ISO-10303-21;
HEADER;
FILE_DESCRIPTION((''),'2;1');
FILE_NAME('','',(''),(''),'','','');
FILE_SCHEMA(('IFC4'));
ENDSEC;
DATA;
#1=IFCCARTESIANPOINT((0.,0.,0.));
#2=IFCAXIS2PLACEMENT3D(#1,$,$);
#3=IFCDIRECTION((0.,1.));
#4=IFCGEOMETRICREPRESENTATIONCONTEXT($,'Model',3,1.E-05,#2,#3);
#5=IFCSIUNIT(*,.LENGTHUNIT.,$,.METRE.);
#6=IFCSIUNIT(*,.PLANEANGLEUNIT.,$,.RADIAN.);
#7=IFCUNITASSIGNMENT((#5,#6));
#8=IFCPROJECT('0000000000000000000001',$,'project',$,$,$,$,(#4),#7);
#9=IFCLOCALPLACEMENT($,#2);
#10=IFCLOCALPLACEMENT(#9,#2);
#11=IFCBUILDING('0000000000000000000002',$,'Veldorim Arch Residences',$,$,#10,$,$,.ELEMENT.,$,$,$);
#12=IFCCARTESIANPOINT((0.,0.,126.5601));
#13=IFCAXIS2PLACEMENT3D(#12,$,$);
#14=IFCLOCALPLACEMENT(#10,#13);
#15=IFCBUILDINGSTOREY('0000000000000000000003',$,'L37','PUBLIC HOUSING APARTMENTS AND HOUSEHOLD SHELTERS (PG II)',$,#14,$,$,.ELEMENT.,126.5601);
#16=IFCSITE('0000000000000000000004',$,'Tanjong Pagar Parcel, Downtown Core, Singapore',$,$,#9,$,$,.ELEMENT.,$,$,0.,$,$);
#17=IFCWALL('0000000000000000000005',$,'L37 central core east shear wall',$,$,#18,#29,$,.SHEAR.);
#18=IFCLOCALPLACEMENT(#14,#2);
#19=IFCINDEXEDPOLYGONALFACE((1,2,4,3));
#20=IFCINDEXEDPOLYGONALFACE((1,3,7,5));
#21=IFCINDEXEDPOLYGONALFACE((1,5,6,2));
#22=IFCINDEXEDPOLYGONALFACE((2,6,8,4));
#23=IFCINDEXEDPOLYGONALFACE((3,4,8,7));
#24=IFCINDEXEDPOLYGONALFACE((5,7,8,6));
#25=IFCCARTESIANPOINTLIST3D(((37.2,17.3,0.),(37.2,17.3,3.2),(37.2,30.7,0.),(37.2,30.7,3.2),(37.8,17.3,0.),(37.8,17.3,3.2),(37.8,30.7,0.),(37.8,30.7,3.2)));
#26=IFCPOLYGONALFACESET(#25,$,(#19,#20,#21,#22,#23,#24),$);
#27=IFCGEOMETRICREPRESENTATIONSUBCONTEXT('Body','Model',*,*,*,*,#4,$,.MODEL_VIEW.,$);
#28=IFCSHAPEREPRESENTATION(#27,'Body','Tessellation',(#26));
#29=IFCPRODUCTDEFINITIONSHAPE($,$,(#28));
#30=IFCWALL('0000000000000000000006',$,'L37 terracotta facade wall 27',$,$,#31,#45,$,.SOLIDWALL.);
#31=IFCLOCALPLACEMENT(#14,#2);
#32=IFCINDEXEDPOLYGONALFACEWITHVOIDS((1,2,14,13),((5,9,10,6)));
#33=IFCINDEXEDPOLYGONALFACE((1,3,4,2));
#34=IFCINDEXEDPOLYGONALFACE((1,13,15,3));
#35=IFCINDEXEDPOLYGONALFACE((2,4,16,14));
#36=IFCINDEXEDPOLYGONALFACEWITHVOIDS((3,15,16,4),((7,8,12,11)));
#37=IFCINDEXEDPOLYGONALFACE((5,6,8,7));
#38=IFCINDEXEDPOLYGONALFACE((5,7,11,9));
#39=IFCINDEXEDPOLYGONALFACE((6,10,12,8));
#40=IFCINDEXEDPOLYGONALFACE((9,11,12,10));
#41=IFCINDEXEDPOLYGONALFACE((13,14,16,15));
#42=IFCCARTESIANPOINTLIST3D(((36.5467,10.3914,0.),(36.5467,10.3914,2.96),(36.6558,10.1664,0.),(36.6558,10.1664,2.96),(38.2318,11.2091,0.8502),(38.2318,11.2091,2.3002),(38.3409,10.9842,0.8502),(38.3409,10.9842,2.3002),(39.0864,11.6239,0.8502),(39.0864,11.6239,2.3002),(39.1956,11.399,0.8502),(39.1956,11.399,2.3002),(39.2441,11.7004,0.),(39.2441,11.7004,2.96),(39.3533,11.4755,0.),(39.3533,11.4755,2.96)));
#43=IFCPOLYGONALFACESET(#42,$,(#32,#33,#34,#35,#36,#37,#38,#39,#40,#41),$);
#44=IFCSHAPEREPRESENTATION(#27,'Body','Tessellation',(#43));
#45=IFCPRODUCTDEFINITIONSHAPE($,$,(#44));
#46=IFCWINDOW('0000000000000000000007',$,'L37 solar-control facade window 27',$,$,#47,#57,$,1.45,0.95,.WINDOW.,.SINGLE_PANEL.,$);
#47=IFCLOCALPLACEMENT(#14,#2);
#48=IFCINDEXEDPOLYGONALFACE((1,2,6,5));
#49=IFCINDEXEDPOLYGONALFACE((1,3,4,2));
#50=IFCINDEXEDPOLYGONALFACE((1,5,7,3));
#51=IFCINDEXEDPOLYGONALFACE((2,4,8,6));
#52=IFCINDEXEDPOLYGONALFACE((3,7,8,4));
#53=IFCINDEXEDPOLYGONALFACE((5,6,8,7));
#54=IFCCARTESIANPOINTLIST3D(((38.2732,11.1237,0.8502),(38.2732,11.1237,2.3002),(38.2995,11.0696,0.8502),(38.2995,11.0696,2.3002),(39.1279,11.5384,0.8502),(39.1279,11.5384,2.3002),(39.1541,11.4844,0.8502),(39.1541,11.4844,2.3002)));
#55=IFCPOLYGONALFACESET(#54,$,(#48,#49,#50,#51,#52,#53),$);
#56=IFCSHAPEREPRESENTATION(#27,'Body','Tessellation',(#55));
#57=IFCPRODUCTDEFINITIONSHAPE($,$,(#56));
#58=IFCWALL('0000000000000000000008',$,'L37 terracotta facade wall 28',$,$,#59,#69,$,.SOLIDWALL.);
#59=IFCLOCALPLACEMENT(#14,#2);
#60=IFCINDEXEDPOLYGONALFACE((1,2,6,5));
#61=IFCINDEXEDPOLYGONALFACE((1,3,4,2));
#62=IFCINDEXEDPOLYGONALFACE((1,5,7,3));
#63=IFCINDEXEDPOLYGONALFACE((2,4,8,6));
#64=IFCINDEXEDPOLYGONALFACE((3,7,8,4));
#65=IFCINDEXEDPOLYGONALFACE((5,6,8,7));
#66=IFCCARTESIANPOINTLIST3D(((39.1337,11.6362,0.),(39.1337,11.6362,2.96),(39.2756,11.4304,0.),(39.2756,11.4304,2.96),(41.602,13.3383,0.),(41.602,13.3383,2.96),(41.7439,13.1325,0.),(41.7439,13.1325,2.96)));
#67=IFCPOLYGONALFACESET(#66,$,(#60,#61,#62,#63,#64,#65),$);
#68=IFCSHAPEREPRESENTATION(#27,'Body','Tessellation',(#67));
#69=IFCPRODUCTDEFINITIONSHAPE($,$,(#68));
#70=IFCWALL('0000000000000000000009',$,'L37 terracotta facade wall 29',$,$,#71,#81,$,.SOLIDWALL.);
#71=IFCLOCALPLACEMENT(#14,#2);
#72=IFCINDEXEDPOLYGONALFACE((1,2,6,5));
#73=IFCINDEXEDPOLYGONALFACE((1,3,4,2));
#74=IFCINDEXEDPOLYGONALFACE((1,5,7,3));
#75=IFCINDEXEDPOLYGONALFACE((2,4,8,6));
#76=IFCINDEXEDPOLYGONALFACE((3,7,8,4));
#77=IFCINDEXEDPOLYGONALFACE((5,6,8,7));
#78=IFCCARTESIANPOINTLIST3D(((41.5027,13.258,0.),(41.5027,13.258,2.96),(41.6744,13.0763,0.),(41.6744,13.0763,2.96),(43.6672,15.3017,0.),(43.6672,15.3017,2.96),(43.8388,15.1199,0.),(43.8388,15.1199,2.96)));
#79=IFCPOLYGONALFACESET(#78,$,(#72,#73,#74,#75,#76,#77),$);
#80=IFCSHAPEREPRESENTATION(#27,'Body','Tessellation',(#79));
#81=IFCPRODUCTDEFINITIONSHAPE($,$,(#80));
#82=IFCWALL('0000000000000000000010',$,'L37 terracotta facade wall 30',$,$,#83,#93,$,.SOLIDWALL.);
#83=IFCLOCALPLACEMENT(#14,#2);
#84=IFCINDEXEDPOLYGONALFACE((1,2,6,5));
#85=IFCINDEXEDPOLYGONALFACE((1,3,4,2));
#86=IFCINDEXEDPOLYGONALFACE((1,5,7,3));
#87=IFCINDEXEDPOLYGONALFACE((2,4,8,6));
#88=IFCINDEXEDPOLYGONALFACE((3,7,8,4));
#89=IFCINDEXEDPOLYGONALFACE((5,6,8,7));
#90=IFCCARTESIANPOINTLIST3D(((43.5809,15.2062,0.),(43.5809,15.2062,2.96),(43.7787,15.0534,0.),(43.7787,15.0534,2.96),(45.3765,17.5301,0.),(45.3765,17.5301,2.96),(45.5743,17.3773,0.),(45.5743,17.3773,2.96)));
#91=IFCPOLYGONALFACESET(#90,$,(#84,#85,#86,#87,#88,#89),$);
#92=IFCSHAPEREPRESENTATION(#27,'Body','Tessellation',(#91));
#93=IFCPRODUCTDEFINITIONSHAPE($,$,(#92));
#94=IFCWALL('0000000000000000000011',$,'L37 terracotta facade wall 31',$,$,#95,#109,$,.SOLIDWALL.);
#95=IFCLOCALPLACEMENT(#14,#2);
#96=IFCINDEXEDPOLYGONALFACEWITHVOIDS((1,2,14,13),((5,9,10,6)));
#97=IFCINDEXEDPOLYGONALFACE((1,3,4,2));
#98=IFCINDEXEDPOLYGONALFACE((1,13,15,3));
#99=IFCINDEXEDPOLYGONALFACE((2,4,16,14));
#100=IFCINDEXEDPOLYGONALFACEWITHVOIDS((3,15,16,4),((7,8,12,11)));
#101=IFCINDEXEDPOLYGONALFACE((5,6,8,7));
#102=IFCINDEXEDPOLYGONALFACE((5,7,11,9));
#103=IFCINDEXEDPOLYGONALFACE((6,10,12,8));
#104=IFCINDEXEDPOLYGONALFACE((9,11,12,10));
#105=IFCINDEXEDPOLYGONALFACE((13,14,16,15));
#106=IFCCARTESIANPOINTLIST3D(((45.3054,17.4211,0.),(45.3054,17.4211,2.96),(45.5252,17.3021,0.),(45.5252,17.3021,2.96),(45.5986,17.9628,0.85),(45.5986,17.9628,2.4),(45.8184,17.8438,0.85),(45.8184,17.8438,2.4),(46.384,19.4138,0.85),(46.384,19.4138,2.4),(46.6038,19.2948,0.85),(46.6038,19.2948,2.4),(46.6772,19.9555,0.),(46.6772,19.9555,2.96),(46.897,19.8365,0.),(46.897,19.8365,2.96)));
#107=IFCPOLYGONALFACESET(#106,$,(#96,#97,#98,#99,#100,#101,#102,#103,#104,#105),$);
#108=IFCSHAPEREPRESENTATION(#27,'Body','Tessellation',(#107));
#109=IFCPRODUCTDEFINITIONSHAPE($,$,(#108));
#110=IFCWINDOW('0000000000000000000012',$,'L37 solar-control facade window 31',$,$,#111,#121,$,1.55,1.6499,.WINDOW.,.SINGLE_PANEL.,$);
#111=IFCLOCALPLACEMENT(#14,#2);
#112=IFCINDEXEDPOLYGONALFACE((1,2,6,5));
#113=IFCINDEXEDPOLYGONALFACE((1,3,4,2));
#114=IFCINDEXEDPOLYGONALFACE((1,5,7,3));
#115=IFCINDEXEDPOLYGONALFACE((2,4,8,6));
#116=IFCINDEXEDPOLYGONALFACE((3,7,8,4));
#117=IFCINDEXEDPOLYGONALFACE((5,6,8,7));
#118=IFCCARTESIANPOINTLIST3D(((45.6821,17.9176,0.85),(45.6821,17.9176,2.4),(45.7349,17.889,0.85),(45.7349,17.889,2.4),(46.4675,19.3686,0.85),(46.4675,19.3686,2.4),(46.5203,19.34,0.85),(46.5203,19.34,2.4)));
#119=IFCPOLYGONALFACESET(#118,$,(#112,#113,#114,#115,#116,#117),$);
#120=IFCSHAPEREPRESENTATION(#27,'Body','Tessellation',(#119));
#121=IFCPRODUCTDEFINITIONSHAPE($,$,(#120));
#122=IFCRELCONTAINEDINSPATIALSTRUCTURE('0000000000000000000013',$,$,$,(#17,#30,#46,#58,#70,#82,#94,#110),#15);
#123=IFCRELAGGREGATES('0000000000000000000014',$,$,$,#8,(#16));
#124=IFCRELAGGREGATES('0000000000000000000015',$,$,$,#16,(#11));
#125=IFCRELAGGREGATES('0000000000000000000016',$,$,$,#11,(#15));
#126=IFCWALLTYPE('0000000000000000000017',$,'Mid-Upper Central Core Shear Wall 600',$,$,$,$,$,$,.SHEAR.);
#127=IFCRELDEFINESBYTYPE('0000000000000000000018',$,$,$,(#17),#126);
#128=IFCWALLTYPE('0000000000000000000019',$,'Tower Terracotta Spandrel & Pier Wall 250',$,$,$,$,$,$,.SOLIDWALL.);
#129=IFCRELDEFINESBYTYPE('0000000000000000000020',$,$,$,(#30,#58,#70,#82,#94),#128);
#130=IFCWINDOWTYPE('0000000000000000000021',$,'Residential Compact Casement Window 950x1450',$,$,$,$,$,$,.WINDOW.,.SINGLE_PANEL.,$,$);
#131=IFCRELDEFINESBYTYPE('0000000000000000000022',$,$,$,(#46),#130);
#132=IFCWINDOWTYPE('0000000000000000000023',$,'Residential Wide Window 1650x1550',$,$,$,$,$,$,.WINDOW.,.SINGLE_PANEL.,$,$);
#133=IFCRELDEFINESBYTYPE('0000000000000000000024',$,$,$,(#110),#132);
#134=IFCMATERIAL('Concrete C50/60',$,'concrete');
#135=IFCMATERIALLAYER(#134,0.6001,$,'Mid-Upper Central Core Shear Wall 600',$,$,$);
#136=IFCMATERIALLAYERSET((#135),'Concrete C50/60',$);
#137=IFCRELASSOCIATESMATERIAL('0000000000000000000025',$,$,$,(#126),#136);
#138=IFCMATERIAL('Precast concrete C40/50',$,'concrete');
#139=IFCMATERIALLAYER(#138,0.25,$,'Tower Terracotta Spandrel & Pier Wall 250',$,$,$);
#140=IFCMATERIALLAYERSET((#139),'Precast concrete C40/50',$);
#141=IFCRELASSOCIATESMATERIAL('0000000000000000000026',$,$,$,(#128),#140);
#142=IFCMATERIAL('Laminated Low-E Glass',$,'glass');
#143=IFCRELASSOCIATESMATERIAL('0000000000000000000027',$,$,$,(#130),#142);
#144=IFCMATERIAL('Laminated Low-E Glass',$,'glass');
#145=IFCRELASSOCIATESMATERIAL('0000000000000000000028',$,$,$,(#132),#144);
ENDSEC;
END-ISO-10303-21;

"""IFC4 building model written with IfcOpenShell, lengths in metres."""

from ifc_helpers import new_model, si_unit, direction, frame, frame_2d, origin, place, context, subcontext, project, spatial, rectangle, extrude, material, layer, layer_set, type_object, element, fill, save


model = new_model("IFC4")

# Units and contexts
model_context = context("Model", 3, precision=1e-05, world=origin(), true_north=direction((0.0, 1.0)))
body_context = subcontext(model_context, "Body", "Model", "MODEL_VIEW")
ifc_project = project(units=[si_unit("LENGTHUNIT", "METRE"), si_unit("PLANEANGLEUNIT", "RADIAN")], contexts=[model_context])

# Site, building, storey
site_placement = place(None, origin())
site = spatial("IfcSite", under=ifc_project, at=site_placement, Name="Tanjong Pagar Parcel, Downtown Core, Singapore", CompositionType="ELEMENT", RefElevation=0.0)
building_placement = place(site_placement, origin())
building = spatial("IfcBuilding", under=site, at=building_placement, Name="Veldorim Arch Residences", CompositionType="ELEMENT")
storey_placement = place(building_placement, frame((0.0, 0.0, 126.5601)))
storey = spatial("IfcBuildingStorey", under=building, at=storey_placement, Name="L37", Description="PUBLIC HOUSING APARTMENTS AND HOUSEHOLD SHELTERS (PG II)", CompositionType="ELEMENT", Elevation=126.5601)

# Wall
ifc_material_1 = material(Name="Concrete C50/60", Category="concrete")
ifc_layer_1 = layer(ifc_material_1, 0.6001, Name="Mid-Upper Central Core Shear Wall 600")
ifc_layer_set_1 = layer_set([ifc_layer_1], Name="Concrete C50/60")
wall_type_1 = type_object("IfcWallType", Name="Mid-Upper Central Core Shear Wall 600", PredefinedType="SHEAR", material=ifc_layer_set_1)
wall_1_placement = place(storey_placement, frame((37.5, 17.3, 0.0), z_axis=(0.0, 0.0, 1.0), x_axis=(0.0, 1.0, 0.0)))
element("IfcWall", 1, at=wall_1_placement, inside=storey, type_object=wall_type_1, Name="L37 central core east shear wall", PredefinedType="SHEAR", context=body_context, shape_type="SweptSolid", body=[
    extrude(rectangle(XDim=13.3999, YDim=0.6001, at=frame_2d((6.7, 0.0))), origin(), (0.0, 0.0, 1.0), 3.2),
])

# Wall, opening, window
ifc_material_2 = material(Name="Precast concrete C40/50", Category="concrete")
ifc_layer_2 = layer(ifc_material_2, 0.25, Name="Tower Terracotta Spandrel & Pier Wall 250")
ifc_layer_set_2 = layer_set([ifc_layer_2], Name="Precast concrete C40/50")
wall_type_2 = type_object("IfcWallType", Name="Tower Terracotta Spandrel & Pier Wall 250", PredefinedType="SOLIDWALL", material=ifc_layer_set_2)
wall_2_placement = place(storey_placement, frame((39.2986, 11.5879, 0.0), z_axis=(0.0, 0.0, 1.0), x_axis=(-0.899657, -0.436597, 0.0)))
wall_2 = element("IfcWall", 2, at=wall_2_placement, inside=storey, type_object=wall_type_2, Name="L37 terracotta facade wall 27", PredefinedType="SOLIDWALL", context=body_context, shape_type="SweptSolid", body=[
    extrude(rectangle(XDim=2.9983, YDim=0.25, at=frame_2d((1.499, 0.0))), origin(), (0.0, 0.0, 1.0), 2.96),
])
opening_1_placement = place(wall_2_placement, frame((0.175, 0.0, 0.8501)))
opening_1 = element("IfcOpeningElement", 3, at=opening_1_placement, cuts=wall_2, PredefinedType="OPENING", context=body_context, shape_type="SweptSolid", body=[
    extrude(rectangle(XDim=0.95, YDim=1.45, at=frame_2d((0.4751, 0.7251))), frame((0.0, 0.135, 0.0), z_axis=(0.0, -1.0, 0.0), x_axis=(1.0, 0.0, 0.0)), (0.0, 0.0, 1.0), 0.27),
])
ifc_material_3 = material(Name="Laminated Low-E Glass", Category="glass")
window_type_1 = type_object("IfcWindowType", Name="Residential Compact Casement Window 950x1450", PartitioningType="SINGLE_PANEL", PredefinedType="WINDOW", material=ifc_material_3)
window_1_placement = place(opening_1_placement, origin())
window_1 = element("IfcWindow", 4, at=window_1_placement, inside=storey, type_object=window_type_1, Name="L37 solar-control facade window 27", OverallHeight=1.45, OverallWidth=0.95, PartitioningType="SINGLE_PANEL", PredefinedType="WINDOW", context=body_context, shape_type="SweptSolid", body=[
    extrude(rectangle(XDim=0.95, YDim=1.45, at=frame_2d((0.4751, 0.7251))), frame((0.0, 0.03, 0.0), z_axis=(0.0, -1.0, 0.0), x_axis=(1.0, 0.0, 0.0)), (0.0, 0.0, 1.0), 0.0601),
])
fill(opening_1, window_1)

# Walls
wall_3_placement = place(storey_placement, frame((41.6729, 13.2354, 0.0), z_axis=(0.0, 0.0, 1.0), x_axis=(-0.823229, -0.56771, 0.0)))
element("IfcWall", 5, at=wall_3_placement, inside=storey, type_object=wall_type_2, Name="L37 terracotta facade wall 28", PredefinedType="SOLIDWALL", context=body_context, shape_type="SweptSolid", body=[
    extrude(rectangle(XDim=2.9983, YDim=0.25, at=frame_2d((1.499, 0.0))), origin(), (0.0, 0.0, 1.0), 2.96),
])
wall_4_placement = place(storey_placement, frame((43.7529, 15.2107, 0.0), z_axis=(0.0, 0.0, 1.0), x_axis=(-0.727113, -0.686518, 0.0)))
element("IfcWall", 6, at=wall_4_placement, inside=storey, type_object=wall_type_2, Name="L37 terracotta facade wall 29", PredefinedType="SOLIDWALL", context=body_context, shape_type="SweptSolid", body=[
    extrude(rectangle(XDim=2.9768, YDim=0.25, at=frame_2d((1.4883, 0.0))), origin(), (0.0, 0.0, 1.0), 2.96),
])
wall_5_placement = place(storey_placement, frame((45.4753, 17.4536, 0.0), z_axis=(0.0, 0.0, 1.0), x_axis=(-0.611417, -0.791309, 0.0)))
element("IfcWall", 7, at=wall_5_placement, inside=storey, type_object=wall_type_2, Name="L37 terracotta facade wall 30", PredefinedType="SOLIDWALL", context=body_context, shape_type="SweptSolid", body=[
    extrude(rectangle(XDim=2.9368, YDim=0.25, at=frame_2d((1.4683, 0.0))), origin(), (0.0, 0.0, 1.0), 2.96),
])

# Wall, opening, window
wall_6_placement = place(storey_placement, frame((46.7871, 19.896, 0.0), z_axis=(0.0, 0.0, 1.0), x_axis=(-0.476018, -0.879435, 0.0)))
wall_6 = element("IfcWall", 8, at=wall_6_placement, inside=storey, type_object=wall_type_2, Name="L37 terracotta facade wall 31", PredefinedType="SOLIDWALL", context=body_context, shape_type="SweptSolid", body=[
    extrude(rectangle(XDim=2.8818, YDim=0.25, at=frame_2d((1.4409, 0.0))), origin(), (0.0, 0.0, 1.0), 2.96),
])
opening_2_placement = place(wall_6_placement, frame((0.616, 0.0, 0.8501)))
opening_2 = element("IfcOpeningElement", 9, at=opening_2_placement, cuts=wall_6, PredefinedType="OPENING", context=body_context, shape_type="SweptSolid", body=[
    extrude(rectangle(XDim=1.6499, YDim=1.55, at=frame_2d((0.825, 0.7749))), frame((0.0, 0.135, 0.0), z_axis=(0.0, -1.0, 0.0), x_axis=(1.0, 0.0, 0.0)), (0.0, 0.0, 1.0), 0.27),
])
ifc_material_4 = material(Name="Laminated Low-E Glass", Category="glass")
window_type_2 = type_object("IfcWindowType", Name="Residential Wide Window 1650x1550", PartitioningType="SINGLE_PANEL", PredefinedType="WINDOW", material=ifc_material_4)
window_2_placement = place(opening_2_placement, origin())
window_2 = element("IfcWindow", 10, at=window_2_placement, inside=storey, type_object=window_type_2, Name="L37 solar-control facade window 31", OverallHeight=1.55, OverallWidth=1.6499, PartitioningType="SINGLE_PANEL", PredefinedType="WINDOW", context=body_context, shape_type="SweptSolid", body=[
    extrude(rectangle(XDim=1.6499, YDim=1.55, at=frame_2d((0.825, 0.7749))), frame((0.0, 0.03, 0.0), z_axis=(0.0, -1.0, 0.0), x_axis=(1.0, 0.0, 0.0)), (0.0, 0.0, 1.0), 0.0601),
])
fill(opening_2, window_2)

save(model, "model.ifc")
